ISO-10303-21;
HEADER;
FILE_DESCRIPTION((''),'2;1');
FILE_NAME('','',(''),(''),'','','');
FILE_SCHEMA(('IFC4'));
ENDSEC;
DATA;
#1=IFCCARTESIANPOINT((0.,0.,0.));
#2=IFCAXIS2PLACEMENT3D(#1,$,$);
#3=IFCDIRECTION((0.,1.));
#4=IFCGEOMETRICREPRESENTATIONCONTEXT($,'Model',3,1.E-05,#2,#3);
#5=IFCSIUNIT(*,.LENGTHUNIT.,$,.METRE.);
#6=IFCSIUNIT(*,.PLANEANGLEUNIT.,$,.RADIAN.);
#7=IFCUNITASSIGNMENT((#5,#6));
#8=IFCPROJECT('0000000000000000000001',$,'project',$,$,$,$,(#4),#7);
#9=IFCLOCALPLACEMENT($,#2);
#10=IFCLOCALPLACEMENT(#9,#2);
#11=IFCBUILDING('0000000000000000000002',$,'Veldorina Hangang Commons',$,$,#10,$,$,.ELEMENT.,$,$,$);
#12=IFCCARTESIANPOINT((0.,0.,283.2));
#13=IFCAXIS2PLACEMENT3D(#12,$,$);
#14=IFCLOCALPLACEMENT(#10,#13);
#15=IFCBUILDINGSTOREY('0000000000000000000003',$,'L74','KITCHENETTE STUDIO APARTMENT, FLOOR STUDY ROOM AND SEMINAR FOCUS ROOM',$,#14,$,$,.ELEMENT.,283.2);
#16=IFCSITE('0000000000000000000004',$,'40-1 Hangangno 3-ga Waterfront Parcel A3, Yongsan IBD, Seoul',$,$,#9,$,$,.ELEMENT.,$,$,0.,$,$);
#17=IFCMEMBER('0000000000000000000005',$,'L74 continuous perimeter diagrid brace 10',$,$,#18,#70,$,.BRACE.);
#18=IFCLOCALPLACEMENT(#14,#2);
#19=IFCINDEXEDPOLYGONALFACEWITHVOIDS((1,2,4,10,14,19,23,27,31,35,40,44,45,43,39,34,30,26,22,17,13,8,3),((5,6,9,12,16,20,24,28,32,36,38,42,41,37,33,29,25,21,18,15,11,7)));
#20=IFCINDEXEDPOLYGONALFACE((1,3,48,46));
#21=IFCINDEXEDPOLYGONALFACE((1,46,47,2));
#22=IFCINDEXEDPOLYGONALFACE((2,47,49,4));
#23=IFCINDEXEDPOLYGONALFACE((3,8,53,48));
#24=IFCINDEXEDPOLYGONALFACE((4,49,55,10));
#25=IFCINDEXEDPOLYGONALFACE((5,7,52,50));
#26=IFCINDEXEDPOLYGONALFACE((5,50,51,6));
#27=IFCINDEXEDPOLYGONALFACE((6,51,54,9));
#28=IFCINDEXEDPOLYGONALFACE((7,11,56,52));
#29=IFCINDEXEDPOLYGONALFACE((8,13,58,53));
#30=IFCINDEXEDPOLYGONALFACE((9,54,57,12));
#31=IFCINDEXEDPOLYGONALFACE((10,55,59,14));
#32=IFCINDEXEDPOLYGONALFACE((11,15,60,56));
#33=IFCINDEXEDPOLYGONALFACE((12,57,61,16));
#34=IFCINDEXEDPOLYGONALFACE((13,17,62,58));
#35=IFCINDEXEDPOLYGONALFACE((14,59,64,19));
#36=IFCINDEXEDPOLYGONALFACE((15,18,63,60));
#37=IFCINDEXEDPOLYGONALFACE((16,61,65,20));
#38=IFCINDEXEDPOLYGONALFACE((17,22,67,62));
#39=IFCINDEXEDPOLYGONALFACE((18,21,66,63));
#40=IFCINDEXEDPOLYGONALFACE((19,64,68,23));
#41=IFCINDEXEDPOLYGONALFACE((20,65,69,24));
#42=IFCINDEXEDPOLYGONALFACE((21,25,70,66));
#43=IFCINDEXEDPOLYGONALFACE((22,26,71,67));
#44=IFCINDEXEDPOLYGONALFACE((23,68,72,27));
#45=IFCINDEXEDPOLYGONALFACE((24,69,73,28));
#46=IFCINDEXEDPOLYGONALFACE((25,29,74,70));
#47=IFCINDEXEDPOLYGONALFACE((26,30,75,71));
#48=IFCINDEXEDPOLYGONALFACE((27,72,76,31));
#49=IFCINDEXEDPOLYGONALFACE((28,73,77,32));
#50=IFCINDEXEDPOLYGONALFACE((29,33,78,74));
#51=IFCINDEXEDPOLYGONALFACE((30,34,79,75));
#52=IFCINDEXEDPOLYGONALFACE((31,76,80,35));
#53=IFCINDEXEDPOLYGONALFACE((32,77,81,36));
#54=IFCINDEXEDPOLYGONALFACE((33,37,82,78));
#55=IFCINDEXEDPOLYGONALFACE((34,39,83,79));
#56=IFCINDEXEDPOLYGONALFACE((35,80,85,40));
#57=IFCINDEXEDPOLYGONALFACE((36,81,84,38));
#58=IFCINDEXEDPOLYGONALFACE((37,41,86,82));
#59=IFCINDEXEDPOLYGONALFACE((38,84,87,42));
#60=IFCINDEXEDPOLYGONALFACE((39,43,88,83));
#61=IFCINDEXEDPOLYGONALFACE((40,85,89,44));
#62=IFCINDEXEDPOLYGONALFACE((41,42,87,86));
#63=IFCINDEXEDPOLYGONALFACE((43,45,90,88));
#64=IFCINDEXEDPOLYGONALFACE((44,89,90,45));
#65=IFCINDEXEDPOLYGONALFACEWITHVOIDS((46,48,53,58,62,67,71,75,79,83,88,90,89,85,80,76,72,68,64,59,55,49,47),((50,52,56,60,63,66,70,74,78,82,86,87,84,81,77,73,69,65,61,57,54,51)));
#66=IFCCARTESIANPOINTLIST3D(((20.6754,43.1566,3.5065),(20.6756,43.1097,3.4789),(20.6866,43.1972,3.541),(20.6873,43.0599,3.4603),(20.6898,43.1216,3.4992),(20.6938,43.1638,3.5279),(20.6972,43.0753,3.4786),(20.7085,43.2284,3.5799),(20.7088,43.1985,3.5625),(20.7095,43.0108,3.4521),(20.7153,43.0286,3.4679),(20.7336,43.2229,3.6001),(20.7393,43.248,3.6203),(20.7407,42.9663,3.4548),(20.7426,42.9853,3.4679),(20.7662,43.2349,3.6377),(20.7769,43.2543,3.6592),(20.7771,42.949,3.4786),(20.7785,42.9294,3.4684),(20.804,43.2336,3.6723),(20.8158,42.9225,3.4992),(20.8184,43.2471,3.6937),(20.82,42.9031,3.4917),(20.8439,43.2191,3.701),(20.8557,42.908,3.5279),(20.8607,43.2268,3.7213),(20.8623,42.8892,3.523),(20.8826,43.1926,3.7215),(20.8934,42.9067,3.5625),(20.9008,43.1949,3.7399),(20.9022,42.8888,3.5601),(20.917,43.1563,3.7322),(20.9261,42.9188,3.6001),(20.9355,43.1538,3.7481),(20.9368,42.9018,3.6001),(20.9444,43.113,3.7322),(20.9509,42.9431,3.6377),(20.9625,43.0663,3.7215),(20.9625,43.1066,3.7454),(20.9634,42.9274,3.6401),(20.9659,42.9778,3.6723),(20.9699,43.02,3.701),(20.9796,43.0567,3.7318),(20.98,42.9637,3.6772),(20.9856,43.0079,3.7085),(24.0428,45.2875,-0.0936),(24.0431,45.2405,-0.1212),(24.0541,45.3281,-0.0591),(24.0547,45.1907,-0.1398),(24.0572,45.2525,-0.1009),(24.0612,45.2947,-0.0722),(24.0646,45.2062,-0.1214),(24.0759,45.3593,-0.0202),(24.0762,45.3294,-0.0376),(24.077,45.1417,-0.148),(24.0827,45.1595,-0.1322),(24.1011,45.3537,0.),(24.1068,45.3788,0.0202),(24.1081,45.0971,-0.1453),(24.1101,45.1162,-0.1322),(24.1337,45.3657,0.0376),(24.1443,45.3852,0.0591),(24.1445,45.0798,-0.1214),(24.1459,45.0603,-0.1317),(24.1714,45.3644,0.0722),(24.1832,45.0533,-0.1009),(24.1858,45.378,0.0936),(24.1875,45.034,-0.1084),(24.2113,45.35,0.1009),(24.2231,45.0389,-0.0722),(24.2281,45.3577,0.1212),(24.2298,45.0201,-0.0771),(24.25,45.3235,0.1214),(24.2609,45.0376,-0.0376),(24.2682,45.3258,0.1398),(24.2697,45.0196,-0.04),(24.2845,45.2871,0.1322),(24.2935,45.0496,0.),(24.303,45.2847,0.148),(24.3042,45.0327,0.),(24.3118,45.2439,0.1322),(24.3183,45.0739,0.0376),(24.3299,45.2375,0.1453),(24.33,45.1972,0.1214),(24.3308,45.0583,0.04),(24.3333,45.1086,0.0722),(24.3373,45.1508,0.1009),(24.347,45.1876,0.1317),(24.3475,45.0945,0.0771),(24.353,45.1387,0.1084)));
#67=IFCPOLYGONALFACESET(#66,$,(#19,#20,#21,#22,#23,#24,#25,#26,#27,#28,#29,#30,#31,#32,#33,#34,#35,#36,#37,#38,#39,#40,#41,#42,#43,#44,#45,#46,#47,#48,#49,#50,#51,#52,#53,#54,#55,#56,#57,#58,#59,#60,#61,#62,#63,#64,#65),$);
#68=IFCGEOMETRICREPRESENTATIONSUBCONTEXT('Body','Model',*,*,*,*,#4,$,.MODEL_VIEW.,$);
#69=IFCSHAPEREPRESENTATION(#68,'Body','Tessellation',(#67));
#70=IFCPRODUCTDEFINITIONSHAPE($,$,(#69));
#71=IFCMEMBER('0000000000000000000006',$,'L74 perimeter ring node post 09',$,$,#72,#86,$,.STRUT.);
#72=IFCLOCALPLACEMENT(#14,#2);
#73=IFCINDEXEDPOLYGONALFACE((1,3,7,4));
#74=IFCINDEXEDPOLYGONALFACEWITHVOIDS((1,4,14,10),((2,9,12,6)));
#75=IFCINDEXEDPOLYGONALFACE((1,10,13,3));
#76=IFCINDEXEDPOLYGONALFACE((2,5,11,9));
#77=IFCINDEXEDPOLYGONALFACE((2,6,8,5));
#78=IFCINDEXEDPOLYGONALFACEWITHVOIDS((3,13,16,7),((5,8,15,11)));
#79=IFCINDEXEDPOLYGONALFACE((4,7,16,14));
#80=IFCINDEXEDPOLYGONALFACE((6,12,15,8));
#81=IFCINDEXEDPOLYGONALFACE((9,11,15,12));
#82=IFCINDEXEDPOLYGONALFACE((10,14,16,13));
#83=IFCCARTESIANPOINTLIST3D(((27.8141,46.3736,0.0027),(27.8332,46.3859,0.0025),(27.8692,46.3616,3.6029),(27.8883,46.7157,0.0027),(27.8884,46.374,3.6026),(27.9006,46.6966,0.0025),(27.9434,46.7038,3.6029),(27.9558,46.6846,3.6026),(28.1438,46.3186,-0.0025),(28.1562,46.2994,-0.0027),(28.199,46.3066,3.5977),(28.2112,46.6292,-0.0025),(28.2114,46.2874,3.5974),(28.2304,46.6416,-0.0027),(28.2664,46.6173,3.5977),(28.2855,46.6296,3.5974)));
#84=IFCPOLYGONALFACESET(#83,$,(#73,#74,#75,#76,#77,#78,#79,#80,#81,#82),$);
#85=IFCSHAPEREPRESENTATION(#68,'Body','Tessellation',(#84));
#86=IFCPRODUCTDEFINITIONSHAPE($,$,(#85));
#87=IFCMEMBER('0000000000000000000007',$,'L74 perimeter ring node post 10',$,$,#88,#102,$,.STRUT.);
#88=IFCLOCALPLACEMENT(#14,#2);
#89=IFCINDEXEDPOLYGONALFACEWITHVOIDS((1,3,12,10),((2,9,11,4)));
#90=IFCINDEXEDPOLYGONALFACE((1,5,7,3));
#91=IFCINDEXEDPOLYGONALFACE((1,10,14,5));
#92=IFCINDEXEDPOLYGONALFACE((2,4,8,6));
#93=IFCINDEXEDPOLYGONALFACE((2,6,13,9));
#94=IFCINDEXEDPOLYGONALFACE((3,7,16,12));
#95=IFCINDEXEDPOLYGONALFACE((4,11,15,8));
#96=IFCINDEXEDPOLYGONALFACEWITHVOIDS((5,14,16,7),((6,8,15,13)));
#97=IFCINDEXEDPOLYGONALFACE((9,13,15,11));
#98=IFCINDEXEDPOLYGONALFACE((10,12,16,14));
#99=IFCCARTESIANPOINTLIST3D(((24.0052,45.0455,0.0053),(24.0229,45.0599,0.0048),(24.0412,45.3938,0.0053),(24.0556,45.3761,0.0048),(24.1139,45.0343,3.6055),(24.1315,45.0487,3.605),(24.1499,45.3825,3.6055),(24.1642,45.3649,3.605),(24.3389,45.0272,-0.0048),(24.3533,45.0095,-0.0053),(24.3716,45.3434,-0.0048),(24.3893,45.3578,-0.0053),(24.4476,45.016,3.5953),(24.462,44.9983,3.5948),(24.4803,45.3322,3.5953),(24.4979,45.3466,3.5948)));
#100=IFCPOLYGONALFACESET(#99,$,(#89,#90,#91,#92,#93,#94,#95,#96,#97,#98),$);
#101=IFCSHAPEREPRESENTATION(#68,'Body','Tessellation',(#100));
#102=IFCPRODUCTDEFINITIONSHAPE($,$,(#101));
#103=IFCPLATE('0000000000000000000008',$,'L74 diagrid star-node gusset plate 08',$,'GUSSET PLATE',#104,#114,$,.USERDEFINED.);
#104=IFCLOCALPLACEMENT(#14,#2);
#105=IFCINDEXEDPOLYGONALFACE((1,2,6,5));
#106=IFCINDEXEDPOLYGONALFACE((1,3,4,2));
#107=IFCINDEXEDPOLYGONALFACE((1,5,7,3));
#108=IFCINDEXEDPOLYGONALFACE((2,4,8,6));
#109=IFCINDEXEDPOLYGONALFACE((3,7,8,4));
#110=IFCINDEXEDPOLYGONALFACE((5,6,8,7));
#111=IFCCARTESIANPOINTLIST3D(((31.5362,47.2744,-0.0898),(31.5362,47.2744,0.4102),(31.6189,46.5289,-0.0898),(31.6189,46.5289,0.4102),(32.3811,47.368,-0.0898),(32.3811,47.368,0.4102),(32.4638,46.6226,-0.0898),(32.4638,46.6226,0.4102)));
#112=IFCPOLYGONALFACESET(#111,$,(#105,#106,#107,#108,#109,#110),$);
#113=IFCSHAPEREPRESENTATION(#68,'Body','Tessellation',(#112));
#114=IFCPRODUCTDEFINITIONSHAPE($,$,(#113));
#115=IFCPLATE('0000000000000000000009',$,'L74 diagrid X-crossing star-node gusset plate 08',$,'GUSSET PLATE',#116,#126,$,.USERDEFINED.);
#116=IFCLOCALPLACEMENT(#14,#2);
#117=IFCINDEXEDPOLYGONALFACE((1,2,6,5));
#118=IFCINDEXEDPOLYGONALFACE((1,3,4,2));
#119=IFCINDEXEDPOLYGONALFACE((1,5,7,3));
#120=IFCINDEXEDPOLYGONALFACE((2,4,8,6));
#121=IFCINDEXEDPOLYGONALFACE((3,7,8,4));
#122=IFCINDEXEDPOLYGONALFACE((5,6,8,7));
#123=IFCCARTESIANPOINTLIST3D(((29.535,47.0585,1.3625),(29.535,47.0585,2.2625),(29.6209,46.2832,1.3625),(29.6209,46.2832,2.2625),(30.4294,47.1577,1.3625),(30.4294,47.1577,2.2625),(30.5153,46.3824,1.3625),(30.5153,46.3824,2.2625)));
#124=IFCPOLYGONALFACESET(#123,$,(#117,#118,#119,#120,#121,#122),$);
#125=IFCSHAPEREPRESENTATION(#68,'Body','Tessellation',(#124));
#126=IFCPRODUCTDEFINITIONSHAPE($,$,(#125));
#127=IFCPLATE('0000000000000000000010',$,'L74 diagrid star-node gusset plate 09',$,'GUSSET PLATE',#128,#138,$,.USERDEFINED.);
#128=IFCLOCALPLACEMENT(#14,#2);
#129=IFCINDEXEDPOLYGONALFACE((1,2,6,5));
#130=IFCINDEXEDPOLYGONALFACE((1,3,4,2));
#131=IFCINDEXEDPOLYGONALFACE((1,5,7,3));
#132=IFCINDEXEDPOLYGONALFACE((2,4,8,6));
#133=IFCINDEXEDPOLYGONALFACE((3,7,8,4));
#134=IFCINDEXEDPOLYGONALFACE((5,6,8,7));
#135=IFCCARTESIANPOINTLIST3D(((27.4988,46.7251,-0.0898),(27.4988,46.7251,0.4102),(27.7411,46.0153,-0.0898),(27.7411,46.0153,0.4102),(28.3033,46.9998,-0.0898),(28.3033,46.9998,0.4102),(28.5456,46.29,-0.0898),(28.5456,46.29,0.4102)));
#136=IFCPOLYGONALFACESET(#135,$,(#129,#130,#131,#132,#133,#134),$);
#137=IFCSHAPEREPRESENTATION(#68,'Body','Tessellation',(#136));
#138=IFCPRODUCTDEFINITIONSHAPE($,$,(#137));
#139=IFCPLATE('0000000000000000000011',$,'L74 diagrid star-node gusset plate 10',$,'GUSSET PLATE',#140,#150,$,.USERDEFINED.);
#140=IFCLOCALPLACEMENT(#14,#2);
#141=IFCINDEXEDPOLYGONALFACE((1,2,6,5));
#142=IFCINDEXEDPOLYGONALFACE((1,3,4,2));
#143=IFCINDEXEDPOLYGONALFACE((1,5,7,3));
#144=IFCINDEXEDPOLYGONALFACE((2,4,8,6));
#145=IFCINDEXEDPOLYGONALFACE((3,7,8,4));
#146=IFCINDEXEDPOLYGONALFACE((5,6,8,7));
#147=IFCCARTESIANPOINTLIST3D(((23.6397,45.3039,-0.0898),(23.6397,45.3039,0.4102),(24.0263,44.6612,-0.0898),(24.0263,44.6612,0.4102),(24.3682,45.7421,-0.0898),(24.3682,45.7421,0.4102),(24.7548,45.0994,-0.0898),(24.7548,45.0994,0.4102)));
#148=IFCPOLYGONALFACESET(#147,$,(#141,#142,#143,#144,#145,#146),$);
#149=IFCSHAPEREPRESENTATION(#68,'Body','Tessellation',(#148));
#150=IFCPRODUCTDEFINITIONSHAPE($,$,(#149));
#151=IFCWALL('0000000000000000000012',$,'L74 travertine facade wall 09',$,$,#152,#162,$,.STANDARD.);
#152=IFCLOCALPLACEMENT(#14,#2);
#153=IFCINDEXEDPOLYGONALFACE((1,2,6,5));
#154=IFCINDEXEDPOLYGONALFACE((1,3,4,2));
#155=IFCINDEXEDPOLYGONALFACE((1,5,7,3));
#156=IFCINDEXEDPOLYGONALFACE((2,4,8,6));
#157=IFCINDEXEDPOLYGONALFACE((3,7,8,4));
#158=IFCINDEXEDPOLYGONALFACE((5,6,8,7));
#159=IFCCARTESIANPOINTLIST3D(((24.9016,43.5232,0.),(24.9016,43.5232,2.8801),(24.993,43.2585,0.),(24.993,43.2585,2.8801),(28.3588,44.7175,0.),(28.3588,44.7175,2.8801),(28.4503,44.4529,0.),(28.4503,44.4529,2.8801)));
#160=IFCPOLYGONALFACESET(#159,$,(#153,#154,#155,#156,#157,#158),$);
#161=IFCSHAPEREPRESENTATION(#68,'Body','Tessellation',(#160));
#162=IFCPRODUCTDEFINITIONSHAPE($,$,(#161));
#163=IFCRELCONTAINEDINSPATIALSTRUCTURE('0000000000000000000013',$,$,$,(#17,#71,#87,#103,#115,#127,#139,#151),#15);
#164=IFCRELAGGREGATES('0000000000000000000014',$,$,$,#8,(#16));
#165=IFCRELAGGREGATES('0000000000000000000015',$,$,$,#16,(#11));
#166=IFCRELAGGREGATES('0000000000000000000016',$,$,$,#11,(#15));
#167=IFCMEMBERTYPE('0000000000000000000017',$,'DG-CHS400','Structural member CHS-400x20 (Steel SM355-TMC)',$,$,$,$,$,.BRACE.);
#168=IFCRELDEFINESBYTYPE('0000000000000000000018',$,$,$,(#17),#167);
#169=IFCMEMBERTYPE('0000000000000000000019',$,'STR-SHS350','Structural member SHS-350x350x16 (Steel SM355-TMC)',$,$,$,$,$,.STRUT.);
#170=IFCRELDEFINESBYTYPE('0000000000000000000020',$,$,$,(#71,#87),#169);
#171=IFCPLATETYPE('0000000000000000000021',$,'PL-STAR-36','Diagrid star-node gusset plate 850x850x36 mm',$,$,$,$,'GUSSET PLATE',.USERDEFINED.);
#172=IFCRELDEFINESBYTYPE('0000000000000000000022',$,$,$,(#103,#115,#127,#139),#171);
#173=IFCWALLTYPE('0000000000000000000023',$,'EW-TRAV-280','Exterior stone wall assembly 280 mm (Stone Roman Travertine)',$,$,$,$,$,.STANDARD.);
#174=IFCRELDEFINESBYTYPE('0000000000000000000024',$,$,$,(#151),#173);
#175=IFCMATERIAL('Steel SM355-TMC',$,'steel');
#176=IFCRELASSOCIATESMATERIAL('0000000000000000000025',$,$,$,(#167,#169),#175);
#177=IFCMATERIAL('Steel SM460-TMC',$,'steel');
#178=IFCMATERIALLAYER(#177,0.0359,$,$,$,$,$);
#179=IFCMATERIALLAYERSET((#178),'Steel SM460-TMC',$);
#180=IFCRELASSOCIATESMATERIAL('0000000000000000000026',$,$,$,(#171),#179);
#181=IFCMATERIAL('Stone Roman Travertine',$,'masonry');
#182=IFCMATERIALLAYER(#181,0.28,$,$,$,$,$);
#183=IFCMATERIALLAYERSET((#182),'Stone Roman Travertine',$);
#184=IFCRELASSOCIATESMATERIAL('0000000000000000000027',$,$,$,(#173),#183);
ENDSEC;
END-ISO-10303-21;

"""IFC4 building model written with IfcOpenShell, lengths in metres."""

from ifc_helpers import new_model, si_unit, direction, frame, frame_2d, origin, origin_2d, place, context, subcontext, project, spatial, rectangle, hollow_rectangle, hollow_circle, extrude, material, layer, layer_set, material_profile, profile_set, type_object, element, save


model = new_model("IFC4")

# Units and contexts
model_context = context("Model", 3, precision=1e-05, world=origin(), true_north=direction((0.0, 1.0)))
body_context = subcontext(model_context, "Body", "Model", "MODEL_VIEW")
ifc_project = project(units=[si_unit("LENGTHUNIT", "METRE"), si_unit("PLANEANGLEUNIT", "RADIAN")], contexts=[model_context])

# Site, building, storey
site_placement = place(None, origin())
site = spatial("IfcSite", under=ifc_project, at=site_placement, Name="40-1 Hangangno 3-ga Waterfront Parcel A3, Yongsan IBD, Seoul", CompositionType="ELEMENT", RefElevation=0.0)
building_placement = place(site_placement, origin())
building = spatial("IfcBuilding", under=site, at=building_placement, Name="Veldorina Hangang Commons", CompositionType="ELEMENT")
storey_placement = place(building_placement, frame((0.0, 0.0, 283.2)))
storey = spatial("IfcBuildingStorey", under=building, at=storey_placement, Name="L74", Description="KITCHENETTE STUDIO APARTMENT, FLOOR STUDY ROOM AND SEMINAR FOCUS ROOM", CompositionType="ELEMENT", Elevation=283.2)

# Shared definitions
ifc_material_1 = material(Name="Steel SM355-TMC", Category="steel")

# Members
ifc_material_profile_1 = material_profile(ifc_material_1, hollow_circle(Radius=0.2, WallThickness=0.02, at=origin_2d()), Name="CHS-400x20")
ifc_profile_set_1 = profile_set([ifc_material_profile_1], Name="Steel SM355-TMC")
member_type_1 = type_object("IfcMemberType", Name="DG-CHS400", Description="Structural member CHS-400x20 (Steel SM355-TMC)", PredefinedType="BRACE", material=ifc_profile_set_1)
member_1_placement = place(storey_placement, frame((24.1973, 45.2017, 0.0), z_axis=(-0.627039, -0.396781, 0.670363), x_axis=(0.534721, -0.845029, 0.0)))
element("IfcMember", 1, at=member_1_placement, inside=storey, type_object=member_type_1, Name="L74 continuous perimeter diagrid brace 10", PredefinedType="BRACE", context=body_context, shape_type="SweptSolid", body=[
    extrude(hollow_circle(Radius=0.2, WallThickness=0.02, at=origin_2d()), origin(), (0.0, 0.0, 1.0), 5.3704),
])
ifc_material_profile_2 = material_profile(ifc_material_1, hollow_rectangle(XDim=0.3501, YDim=0.3501, WallThickness=0.0161, at=origin_2d()), Name="SHS-350x350x16")
ifc_profile_set_2 = profile_set([ifc_material_profile_2], Name="Steel SM355-TMC")
member_type_2 = type_object("IfcMemberType", Name="STR-SHS350", Description="Structural member SHS-350x350x16 (Steel SM355-TMC)", PredefinedType="STRUT", material=ifc_profile_set_2)
member_2_placement = place(storey_placement, frame((28.0222, 46.5076, 0.0), z_axis=(0.015324, -0.003323, 0.999877), x_axis=(0.211891, 0.977293, 0.0)))
element("IfcMember", 2, at=member_2_placement, inside=storey, type_object=member_type_2, Name="L74 perimeter ring node post 09", PredefinedType="STRUT", context=body_context, shape_type="SweptSolid", body=[
    extrude(hollow_rectangle(XDim=0.3501, YDim=0.3501, WallThickness=0.0161, at=origin_2d()), origin(), (0.0, 0.0, 1.0), 3.6006),
])
member_3_placement = place(storey_placement, frame((24.1973, 45.2017, 0.0), z_axis=(0.030164, -0.003118, 0.99954), x_axis=(0.102823, 0.9947, 0.0)))
element("IfcMember", 3, at=member_3_placement, inside=storey, type_object=member_type_2, Name="L74 perimeter ring node post 10", PredefinedType="STRUT", context=body_context, shape_type="SweptSolid", body=[
    extrude(hollow_rectangle(XDim=0.3501, YDim=0.3501, WallThickness=0.0161, at=origin_2d()), origin(), (0.0, 0.0, 1.0), 3.6018),
])

# Plates
ifc_material_2 = material(Name="Steel SM460-TMC", Category="steel")
ifc_layer_1 = layer(ifc_material_2, 0.0359)
ifc_layer_set_1 = layer_set([ifc_layer_1], Name="Steel SM460-TMC")
plate_type = type_object("IfcPlateType", Name="PL-STAR-36", Description="Diagrid star-node gusset plate 850x850x36 mm", ElementType="GUSSET PLATE", PredefinedType="USERDEFINED", material=ifc_layer_set_1)
plate_1_placement = place(storey_placement, frame((32.0, 46.9485, -0.0898), z_axis=(0.0, 0.0, 1.0), x_axis=(-0.993913, -0.110168, 0.0)))
element("IfcPlate", 4, at=plate_1_placement, inside=storey, type_object=plate_type, Name="L74 diagrid star-node gusset plate 08", ObjectType="GUSSET PLATE", PredefinedType="USERDEFINED", context=body_context, shape_type="SweptSolid", body=[
    extrude(rectangle(XDim=0.8501, YDim=0.75, at=origin_2d()), origin(), (0.0, 0.0, 1.0), 0.5),
])
plate_2_placement = place(storey_placement, frame((30.0251, 46.7205, 1.3625), z_axis=(0.0, 0.0, 1.0), x_axis=(-0.993913, -0.110168, 0.0)))
element("IfcPlate", 5, at=plate_2_placement, inside=storey, type_object=plate_type, Name="L74 diagrid X-crossing star-node gusset plate 08", ObjectType="GUSSET PLATE", PredefinedType="USERDEFINED", context=body_context, shape_type="SweptSolid", body=[
    extrude(rectangle(XDim=0.8999, YDim=0.78, at=origin_2d()), origin(), (0.0, 0.0, 1.0), 0.8999),
])
for number, where, z_axis, x_axis, name in (
    (6, (28.0222, 46.5076, -0.0898), (0.0, 0.0, 1.0), (-0.946356, -0.323125, 0.0), "L74 diagrid star-node gusset plate 09"),
    (7, (24.1973, 45.2017, -0.0898), (0.0, 0.0, 1.0), (-0.856898, -0.515487, 0.0), "L74 diagrid star-node gusset plate 10"),
):
    element("IfcPlate", number, at=place(storey_placement, frame(where, z_axis=z_axis, x_axis=x_axis)), inside=storey, type_object=plate_type, Name=name, ObjectType="GUSSET PLATE", PredefinedType="USERDEFINED", context=body_context, shape_type="SweptSolid", body=[
        extrude(rectangle(XDim=0.8501, YDim=0.75, at=origin_2d()), origin(), (0.0, 0.0, 1.0), 0.5),
    ])

# Wall
ifc_material_3 = material(Name="Stone Roman Travertine", Category="masonry")
ifc_layer_2 = layer(ifc_material_3, 0.28)
ifc_layer_set_2 = layer_set([ifc_layer_2], Name="Stone Roman Travertine")
wall_type_1 = type_object("IfcWallType", Name="EW-TRAV-280", Description="Exterior stone wall assembly 280 mm (Stone Roman Travertine)", PredefinedType="STANDARD", material=ifc_layer_set_2)
wall_1_placement = place(storey_placement, frame((28.4045, 44.5852, 0.0), z_axis=(0.0, 0.0, 1.0), x_axis=(-0.94519, -0.326521, 0.0)))
element("IfcWall", 8, at=wall_1_placement, inside=storey, type_object=wall_type_1, Name="L74 travertine facade wall 09", PredefinedType="STANDARD", context=body_context, shape_type="SweptSolid", body=[
    extrude(rectangle(XDim=3.6577, YDim=0.28, at=frame_2d((1.8289, 0.0))), origin(), (0.0, 0.0, 1.0), 2.8801),
])

save(model, "model.ifc")
